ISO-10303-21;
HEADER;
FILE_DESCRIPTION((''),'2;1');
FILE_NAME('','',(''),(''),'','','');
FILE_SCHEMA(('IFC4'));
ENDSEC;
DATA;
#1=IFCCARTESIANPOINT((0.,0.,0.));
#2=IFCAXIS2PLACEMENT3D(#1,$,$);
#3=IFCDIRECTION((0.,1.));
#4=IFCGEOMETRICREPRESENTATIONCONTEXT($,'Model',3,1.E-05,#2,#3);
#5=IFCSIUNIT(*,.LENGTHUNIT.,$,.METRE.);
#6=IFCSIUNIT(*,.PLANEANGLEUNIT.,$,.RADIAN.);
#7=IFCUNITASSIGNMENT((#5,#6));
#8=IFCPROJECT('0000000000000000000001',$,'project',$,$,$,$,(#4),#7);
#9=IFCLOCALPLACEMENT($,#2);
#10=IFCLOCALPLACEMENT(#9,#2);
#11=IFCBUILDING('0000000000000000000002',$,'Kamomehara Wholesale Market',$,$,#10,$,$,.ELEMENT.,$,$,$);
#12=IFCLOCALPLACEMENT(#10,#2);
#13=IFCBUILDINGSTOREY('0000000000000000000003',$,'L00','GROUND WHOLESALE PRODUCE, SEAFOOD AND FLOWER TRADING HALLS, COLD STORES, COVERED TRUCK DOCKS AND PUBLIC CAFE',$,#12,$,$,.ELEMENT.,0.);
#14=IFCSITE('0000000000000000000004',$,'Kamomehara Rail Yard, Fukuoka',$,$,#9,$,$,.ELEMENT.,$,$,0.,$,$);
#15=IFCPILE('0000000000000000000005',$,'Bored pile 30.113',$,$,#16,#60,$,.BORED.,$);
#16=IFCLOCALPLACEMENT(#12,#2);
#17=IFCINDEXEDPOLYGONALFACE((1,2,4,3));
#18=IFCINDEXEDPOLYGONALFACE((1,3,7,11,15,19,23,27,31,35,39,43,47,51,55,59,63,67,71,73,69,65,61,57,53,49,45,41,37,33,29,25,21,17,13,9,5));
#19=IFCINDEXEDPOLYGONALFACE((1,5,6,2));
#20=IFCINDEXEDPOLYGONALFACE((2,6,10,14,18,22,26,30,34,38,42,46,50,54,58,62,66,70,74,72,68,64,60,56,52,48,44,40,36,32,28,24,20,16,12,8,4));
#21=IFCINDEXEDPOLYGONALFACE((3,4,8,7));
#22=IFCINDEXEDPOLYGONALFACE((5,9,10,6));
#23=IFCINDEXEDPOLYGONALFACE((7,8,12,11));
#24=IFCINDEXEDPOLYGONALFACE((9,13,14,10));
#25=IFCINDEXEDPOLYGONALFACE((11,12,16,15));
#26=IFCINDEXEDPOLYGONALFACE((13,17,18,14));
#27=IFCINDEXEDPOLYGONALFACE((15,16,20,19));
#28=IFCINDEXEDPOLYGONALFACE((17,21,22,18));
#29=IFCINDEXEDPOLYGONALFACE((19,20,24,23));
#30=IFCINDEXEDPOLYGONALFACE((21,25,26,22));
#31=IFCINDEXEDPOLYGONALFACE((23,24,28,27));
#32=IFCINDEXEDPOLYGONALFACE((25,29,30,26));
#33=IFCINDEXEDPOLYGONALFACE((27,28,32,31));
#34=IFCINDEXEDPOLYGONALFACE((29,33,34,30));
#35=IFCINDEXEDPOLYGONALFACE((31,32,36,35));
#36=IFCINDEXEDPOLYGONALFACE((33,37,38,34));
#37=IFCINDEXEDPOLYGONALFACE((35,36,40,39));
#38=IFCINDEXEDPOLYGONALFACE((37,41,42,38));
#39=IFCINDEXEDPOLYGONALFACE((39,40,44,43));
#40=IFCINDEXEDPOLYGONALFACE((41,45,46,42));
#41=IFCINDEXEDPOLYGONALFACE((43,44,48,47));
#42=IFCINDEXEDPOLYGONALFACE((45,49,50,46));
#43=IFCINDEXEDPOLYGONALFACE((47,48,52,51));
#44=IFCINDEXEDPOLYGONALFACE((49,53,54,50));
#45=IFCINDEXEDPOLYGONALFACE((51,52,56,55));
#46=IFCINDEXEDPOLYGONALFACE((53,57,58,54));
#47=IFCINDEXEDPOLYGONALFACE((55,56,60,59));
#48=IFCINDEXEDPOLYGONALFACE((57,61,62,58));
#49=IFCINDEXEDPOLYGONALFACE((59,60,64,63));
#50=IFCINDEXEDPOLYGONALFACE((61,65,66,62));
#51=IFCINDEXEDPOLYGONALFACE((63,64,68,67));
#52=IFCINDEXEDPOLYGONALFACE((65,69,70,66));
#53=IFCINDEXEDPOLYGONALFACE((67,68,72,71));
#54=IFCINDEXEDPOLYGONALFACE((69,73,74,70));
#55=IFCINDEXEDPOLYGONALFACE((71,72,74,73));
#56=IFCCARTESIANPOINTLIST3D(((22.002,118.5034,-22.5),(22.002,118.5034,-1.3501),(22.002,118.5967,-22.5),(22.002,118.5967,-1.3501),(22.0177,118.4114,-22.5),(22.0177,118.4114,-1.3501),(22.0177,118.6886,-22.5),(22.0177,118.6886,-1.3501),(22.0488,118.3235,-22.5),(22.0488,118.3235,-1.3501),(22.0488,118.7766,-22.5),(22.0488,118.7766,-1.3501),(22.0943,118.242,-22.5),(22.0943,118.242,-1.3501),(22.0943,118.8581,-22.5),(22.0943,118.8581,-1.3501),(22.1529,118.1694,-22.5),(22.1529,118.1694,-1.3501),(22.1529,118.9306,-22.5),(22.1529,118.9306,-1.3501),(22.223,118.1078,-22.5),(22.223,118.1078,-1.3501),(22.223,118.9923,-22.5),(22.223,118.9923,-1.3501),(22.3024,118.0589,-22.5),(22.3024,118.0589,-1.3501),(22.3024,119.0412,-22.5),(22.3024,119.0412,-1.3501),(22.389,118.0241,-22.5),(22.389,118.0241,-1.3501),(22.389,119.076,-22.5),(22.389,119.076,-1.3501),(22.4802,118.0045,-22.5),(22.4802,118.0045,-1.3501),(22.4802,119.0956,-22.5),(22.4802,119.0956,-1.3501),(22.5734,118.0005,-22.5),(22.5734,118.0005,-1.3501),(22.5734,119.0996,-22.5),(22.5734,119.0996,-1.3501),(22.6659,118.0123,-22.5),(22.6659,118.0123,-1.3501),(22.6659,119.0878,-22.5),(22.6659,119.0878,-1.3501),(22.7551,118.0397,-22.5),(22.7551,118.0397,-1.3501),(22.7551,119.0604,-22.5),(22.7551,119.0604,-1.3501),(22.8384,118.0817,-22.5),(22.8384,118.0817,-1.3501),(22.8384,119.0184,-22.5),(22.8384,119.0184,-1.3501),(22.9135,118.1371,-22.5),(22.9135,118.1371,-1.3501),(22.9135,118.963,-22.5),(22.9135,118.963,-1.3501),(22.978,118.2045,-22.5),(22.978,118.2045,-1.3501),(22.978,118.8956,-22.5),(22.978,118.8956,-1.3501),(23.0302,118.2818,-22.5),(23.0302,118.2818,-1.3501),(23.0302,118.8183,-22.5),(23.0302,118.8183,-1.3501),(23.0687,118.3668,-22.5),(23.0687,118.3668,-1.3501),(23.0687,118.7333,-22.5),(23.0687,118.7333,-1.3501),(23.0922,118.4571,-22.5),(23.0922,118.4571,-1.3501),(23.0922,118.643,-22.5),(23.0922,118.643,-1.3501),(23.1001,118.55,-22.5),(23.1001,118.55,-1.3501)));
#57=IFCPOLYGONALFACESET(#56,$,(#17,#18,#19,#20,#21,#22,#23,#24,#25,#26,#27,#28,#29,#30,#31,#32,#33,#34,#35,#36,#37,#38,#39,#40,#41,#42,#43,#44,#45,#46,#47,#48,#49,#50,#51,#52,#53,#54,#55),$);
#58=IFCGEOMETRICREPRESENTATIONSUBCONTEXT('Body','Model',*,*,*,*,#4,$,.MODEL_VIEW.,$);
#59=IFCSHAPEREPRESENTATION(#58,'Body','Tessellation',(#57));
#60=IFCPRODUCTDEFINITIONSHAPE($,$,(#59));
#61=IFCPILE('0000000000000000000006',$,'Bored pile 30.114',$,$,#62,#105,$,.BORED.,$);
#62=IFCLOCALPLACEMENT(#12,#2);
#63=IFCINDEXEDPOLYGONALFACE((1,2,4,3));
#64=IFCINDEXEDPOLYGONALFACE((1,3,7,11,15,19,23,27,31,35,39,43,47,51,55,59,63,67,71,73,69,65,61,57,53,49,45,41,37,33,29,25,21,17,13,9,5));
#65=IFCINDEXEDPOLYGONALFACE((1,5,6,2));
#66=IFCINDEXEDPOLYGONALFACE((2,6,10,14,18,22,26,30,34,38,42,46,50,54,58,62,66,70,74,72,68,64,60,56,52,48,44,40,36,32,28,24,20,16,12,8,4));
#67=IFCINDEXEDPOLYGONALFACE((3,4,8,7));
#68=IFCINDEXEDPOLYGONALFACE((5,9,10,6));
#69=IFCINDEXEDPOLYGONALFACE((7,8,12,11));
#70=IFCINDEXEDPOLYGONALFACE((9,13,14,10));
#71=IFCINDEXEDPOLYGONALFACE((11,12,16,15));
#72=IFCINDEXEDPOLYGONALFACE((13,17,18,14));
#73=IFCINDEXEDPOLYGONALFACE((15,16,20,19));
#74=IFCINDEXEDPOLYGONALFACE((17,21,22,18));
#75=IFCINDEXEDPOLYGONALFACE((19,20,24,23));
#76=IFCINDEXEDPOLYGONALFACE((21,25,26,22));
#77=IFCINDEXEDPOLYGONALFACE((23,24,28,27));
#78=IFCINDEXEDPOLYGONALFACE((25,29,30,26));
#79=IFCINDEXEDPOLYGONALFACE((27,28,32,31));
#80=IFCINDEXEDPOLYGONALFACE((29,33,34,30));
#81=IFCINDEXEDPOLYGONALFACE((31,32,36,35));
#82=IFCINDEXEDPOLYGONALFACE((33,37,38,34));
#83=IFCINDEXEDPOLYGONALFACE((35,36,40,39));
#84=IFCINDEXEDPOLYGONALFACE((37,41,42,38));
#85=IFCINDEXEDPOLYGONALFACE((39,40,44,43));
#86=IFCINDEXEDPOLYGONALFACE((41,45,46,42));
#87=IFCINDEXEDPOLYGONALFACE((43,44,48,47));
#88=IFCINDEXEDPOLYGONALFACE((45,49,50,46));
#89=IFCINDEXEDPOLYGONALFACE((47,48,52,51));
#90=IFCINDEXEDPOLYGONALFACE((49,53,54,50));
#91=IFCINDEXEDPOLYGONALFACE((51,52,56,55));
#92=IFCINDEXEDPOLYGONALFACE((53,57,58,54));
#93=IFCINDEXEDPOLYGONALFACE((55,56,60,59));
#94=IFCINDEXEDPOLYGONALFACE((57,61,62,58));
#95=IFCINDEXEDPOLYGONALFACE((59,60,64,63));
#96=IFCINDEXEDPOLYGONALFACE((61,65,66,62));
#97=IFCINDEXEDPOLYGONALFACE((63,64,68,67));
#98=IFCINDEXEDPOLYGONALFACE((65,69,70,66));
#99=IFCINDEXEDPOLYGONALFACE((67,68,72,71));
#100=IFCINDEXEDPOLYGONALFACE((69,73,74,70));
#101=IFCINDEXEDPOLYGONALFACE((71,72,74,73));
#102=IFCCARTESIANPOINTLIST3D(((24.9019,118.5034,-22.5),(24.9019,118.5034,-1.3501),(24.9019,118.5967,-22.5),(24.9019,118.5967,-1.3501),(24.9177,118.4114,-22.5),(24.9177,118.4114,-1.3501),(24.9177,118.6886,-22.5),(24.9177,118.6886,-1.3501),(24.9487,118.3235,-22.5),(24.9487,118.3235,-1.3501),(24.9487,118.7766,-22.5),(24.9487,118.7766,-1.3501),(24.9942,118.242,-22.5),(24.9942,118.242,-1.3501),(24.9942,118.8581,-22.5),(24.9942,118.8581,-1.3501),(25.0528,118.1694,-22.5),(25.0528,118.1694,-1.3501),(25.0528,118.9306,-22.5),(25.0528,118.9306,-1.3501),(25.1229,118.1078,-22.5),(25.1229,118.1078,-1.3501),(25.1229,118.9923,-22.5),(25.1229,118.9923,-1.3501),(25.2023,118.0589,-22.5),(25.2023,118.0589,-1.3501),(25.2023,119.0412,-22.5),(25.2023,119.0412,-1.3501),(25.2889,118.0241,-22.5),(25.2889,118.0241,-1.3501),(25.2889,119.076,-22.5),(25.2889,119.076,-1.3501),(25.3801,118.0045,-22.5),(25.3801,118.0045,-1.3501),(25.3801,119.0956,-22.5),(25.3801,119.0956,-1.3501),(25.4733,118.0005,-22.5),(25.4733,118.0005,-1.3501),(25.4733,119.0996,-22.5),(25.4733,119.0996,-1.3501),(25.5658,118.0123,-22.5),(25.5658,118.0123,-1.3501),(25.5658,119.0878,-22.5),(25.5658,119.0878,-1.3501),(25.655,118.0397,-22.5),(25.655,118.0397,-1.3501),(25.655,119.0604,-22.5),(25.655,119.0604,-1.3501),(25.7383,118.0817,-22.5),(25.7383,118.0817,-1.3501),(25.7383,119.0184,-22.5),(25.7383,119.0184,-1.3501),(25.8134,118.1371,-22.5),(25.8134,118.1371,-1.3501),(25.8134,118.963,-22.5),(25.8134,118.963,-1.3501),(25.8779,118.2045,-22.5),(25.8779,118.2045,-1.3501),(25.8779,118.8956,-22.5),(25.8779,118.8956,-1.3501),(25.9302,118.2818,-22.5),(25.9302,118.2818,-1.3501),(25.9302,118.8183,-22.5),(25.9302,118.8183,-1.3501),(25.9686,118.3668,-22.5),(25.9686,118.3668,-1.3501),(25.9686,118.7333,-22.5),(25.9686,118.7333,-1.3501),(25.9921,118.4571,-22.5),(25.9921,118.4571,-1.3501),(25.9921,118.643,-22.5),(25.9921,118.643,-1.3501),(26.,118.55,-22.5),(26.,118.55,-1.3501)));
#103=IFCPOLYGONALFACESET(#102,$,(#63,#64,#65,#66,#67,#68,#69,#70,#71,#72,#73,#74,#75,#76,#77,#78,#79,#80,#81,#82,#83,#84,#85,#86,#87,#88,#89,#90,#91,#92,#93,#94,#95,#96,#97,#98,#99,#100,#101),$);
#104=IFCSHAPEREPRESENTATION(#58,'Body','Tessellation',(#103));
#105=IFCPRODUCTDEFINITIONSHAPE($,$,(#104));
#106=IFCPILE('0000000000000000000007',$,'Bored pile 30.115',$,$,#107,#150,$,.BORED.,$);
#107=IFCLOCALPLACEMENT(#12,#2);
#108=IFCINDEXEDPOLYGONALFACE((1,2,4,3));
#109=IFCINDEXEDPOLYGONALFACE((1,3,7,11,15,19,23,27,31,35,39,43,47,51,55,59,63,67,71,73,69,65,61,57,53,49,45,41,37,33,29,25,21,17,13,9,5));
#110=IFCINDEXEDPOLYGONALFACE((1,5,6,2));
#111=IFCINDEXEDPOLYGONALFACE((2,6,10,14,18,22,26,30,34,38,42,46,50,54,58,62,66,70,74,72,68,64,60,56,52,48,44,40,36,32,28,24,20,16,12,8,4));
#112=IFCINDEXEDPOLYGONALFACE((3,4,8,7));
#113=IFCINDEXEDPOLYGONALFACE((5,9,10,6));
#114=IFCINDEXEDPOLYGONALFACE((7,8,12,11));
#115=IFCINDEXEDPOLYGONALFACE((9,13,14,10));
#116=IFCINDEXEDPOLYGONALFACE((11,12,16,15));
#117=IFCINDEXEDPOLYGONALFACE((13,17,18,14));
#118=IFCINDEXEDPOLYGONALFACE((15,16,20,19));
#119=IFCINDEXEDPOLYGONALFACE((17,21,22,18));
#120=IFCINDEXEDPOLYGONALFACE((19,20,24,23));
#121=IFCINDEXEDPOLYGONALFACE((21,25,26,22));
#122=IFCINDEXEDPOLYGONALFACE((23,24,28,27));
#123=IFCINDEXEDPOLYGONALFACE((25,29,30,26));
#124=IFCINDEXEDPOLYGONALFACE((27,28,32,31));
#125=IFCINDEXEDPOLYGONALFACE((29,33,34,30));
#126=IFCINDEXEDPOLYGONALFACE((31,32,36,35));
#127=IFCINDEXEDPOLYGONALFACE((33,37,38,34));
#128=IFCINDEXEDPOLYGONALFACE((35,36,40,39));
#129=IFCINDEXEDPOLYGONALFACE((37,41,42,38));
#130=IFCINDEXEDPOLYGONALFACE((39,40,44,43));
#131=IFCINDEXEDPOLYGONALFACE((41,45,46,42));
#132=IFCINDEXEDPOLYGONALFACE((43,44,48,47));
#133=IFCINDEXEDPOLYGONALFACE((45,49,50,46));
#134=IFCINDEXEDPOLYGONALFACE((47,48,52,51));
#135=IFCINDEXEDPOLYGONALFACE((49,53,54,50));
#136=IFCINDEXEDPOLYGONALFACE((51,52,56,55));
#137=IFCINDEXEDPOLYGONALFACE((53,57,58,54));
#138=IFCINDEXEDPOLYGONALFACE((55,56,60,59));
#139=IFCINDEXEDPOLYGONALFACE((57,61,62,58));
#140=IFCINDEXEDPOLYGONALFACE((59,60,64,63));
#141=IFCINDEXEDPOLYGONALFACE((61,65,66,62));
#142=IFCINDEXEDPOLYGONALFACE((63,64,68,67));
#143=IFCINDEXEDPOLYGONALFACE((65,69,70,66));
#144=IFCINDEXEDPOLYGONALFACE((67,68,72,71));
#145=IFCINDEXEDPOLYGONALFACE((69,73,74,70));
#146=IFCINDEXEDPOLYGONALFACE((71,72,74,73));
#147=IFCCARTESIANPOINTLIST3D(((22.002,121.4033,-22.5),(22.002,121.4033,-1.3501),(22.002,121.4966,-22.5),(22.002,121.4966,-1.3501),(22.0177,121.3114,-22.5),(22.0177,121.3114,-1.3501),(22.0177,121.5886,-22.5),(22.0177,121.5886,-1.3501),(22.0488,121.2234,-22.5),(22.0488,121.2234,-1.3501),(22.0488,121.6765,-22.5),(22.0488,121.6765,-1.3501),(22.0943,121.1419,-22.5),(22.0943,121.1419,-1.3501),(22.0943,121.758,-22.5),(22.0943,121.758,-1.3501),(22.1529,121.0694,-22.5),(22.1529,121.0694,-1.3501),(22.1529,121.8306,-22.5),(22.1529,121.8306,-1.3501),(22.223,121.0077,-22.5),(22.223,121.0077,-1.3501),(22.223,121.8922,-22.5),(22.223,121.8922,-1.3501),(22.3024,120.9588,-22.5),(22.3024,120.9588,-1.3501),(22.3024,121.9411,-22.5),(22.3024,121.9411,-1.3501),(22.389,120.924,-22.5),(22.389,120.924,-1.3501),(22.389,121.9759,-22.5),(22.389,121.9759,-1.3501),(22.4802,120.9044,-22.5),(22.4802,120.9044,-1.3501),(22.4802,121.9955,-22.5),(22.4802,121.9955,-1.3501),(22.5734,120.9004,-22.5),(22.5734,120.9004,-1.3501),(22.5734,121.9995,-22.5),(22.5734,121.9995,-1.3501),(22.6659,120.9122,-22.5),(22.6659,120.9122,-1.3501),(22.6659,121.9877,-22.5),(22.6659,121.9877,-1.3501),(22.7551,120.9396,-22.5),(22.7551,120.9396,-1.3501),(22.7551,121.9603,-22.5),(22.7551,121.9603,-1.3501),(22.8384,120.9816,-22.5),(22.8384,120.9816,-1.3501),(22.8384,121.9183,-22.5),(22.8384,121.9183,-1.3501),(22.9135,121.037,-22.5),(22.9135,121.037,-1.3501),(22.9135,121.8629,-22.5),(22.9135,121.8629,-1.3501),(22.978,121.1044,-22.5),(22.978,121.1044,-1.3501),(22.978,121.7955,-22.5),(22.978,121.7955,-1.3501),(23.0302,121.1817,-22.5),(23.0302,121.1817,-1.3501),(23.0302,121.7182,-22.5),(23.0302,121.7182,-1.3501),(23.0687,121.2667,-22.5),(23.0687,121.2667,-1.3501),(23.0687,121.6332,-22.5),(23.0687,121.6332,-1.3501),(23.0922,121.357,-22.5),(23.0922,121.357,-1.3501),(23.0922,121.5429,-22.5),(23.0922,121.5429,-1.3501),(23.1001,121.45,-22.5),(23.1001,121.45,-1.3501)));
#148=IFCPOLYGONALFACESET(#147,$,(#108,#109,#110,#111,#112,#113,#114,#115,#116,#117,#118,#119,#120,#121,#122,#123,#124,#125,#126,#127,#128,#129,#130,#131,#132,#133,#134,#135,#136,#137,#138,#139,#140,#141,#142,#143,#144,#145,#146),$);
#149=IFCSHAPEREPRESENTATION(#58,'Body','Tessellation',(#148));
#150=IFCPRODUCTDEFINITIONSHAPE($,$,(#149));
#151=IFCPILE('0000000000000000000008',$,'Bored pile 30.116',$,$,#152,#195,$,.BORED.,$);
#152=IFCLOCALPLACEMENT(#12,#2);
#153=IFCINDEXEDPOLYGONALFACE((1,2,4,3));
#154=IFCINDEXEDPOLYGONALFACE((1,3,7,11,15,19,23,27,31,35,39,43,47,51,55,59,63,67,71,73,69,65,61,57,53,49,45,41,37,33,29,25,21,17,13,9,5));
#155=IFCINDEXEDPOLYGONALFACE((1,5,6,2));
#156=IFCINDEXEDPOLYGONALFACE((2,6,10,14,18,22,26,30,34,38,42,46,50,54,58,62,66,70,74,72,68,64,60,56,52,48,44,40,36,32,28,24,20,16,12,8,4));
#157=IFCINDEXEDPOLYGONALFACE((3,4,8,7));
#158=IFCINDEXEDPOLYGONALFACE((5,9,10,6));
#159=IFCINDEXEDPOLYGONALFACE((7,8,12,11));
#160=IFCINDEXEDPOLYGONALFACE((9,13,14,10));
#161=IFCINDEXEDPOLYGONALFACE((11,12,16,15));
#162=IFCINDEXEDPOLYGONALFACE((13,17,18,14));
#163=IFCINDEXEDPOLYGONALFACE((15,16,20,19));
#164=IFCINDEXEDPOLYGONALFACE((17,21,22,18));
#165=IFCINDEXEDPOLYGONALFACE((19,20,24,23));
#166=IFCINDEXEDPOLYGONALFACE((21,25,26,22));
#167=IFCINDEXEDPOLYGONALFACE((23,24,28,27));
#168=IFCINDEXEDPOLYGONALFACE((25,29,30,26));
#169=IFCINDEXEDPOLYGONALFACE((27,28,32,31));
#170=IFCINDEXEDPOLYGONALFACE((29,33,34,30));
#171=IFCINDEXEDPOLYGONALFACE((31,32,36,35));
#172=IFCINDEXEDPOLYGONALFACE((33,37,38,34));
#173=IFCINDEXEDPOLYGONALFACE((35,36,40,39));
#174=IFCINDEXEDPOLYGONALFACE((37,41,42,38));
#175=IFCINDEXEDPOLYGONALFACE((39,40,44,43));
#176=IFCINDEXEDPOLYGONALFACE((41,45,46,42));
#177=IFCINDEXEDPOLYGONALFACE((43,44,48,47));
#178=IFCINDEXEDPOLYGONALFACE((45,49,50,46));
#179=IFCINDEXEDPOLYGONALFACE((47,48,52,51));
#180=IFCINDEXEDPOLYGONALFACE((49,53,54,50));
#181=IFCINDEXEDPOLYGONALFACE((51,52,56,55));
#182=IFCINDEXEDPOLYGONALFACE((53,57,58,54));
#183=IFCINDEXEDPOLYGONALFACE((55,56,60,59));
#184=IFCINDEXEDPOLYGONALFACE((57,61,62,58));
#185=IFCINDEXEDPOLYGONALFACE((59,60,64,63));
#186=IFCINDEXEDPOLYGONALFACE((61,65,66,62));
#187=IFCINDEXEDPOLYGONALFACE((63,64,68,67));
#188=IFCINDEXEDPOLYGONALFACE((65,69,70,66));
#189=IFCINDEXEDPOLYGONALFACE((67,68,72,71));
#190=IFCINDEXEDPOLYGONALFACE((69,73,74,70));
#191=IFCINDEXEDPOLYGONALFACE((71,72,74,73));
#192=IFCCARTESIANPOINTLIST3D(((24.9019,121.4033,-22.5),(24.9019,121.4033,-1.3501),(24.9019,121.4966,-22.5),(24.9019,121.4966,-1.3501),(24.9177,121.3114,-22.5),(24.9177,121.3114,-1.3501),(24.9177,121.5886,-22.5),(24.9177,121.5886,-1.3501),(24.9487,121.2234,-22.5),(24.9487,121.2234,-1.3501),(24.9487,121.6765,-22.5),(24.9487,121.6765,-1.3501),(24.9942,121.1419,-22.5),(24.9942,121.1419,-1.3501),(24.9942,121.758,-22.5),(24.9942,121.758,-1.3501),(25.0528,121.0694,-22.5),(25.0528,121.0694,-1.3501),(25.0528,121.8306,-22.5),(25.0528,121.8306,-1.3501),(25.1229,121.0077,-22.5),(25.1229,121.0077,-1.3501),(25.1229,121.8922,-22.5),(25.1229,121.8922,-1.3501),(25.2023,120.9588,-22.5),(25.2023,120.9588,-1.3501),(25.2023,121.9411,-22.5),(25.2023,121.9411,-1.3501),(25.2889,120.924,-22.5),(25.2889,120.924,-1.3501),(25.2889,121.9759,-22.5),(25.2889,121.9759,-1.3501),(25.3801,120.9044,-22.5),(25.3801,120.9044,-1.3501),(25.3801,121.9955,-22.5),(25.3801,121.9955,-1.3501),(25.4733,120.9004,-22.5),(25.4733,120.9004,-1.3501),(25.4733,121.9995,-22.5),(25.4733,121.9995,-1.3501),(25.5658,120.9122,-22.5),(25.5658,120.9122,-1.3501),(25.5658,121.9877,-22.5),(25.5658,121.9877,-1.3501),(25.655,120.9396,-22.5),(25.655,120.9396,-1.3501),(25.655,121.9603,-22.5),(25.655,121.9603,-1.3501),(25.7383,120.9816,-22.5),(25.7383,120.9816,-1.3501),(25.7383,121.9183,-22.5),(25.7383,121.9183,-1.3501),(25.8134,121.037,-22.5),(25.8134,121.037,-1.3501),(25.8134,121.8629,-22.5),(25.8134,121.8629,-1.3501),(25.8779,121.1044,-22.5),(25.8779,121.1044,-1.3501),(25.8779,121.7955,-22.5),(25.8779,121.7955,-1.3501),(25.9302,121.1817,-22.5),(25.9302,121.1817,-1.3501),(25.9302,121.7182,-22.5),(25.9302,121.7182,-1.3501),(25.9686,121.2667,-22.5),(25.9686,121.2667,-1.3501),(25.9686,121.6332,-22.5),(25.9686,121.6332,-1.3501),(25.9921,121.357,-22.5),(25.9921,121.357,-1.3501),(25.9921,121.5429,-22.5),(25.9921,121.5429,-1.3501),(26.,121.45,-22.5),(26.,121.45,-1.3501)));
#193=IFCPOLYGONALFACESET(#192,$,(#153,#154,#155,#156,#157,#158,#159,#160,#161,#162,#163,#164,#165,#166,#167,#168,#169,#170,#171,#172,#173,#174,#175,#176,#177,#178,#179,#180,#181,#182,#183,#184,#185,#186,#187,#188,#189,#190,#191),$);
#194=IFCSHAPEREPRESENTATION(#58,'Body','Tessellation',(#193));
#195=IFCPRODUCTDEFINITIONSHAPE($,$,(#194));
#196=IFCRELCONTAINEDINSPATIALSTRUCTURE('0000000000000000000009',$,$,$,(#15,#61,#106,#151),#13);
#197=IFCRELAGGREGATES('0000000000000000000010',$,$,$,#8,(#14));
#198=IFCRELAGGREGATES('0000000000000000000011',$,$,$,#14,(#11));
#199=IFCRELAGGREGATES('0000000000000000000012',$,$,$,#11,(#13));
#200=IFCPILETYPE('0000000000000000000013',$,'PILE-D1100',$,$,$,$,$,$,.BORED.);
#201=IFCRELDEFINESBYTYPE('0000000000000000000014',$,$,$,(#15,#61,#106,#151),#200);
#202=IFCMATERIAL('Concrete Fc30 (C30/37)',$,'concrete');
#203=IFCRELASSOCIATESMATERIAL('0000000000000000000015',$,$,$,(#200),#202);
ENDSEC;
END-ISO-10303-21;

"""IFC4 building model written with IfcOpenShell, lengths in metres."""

from ifc_helpers import new_model, si_unit, direction, frame, origin, origin_2d, place, context, subcontext, project, spatial, circle, extrude, material, material_profile, profile_set, type_object, element, save


model = new_model("IFC4")

# Units and contexts
model_context = context("Model", 3, precision=1e-05, world=origin(), true_north=direction((0.0, 1.0)))
body_context = subcontext(model_context, "Body", "Model", "MODEL_VIEW")
ifc_project = project(units=[si_unit("LENGTHUNIT", "METRE"), si_unit("PLANEANGLEUNIT", "RADIAN")], contexts=[model_context])

# Site, building, storey
site_placement = place(None, origin())
site = spatial("IfcSite", under=ifc_project, at=site_placement, Name="Kamomehara Rail Yard, Fukuoka", CompositionType="ELEMENT", RefElevation=0.0)
building_placement = place(site_placement, origin())
building = spatial("IfcBuilding", under=site, at=building_placement, Name="Kamomehara Wholesale Market", CompositionType="ELEMENT")
storey_placement = place(building_placement, origin())
storey = spatial("IfcBuildingStorey", under=building, at=storey_placement, Name="L00", Description="GROUND WHOLESALE PRODUCE, SEAFOOD AND FLOWER TRADING HALLS, COLD STORES, COVERED TRUCK DOCKS AND PUBLIC CAFE", CompositionType="ELEMENT", Elevation=0.0)

# Piles
ifc_material_1 = material(Name="Concrete Fc30 (C30/37)", Category="concrete")
ifc_material_profile_1 = material_profile(ifc_material_1, circle(Radius=0.55, at=origin_2d()), Name="RC-PILE-D1100")
ifc_profile_set_1 = profile_set([ifc_material_profile_1], Name="Concrete Fc30 (C30/37)")
pile_type_1 = type_object("IfcPileType", Name="PILE-D1100", PredefinedType="BORED", material=ifc_profile_set_1)
for number, where, z_axis, x_axis, name in (
    (1, (22.55, 118.55, -1.3501), (0.0, 0.0, -1.0), (1.0, 0.0, 0.0), "Bored pile 30.113"),
    (2, (25.45, 118.55, -1.3501), (0.0, 0.0, -1.0), (1.0, 0.0, 0.0), "Bored pile 30.114"),
    (3, (22.55, 121.45, -1.3501), (0.0, 0.0, -1.0), (1.0, 0.0, 0.0), "Bored pile 30.115"),
    (4, (25.45, 121.45, -1.3501), (0.0, 0.0, -1.0), (1.0, 0.0, 0.0), "Bored pile 30.116"),
):
    element("IfcPile", number, at=place(storey_placement, frame(where, z_axis=z_axis, x_axis=x_axis)), inside=storey, type_object=pile_type_1, Name=name, PredefinedType="BORED", context=body_context, shape_type="SweptSolid", body=[
        extrude(circle(Radius=0.55, at=origin_2d()), origin(), (0.0, 0.0, 1.0), 21.1499),
    ])

save(model, "model.ifc")
